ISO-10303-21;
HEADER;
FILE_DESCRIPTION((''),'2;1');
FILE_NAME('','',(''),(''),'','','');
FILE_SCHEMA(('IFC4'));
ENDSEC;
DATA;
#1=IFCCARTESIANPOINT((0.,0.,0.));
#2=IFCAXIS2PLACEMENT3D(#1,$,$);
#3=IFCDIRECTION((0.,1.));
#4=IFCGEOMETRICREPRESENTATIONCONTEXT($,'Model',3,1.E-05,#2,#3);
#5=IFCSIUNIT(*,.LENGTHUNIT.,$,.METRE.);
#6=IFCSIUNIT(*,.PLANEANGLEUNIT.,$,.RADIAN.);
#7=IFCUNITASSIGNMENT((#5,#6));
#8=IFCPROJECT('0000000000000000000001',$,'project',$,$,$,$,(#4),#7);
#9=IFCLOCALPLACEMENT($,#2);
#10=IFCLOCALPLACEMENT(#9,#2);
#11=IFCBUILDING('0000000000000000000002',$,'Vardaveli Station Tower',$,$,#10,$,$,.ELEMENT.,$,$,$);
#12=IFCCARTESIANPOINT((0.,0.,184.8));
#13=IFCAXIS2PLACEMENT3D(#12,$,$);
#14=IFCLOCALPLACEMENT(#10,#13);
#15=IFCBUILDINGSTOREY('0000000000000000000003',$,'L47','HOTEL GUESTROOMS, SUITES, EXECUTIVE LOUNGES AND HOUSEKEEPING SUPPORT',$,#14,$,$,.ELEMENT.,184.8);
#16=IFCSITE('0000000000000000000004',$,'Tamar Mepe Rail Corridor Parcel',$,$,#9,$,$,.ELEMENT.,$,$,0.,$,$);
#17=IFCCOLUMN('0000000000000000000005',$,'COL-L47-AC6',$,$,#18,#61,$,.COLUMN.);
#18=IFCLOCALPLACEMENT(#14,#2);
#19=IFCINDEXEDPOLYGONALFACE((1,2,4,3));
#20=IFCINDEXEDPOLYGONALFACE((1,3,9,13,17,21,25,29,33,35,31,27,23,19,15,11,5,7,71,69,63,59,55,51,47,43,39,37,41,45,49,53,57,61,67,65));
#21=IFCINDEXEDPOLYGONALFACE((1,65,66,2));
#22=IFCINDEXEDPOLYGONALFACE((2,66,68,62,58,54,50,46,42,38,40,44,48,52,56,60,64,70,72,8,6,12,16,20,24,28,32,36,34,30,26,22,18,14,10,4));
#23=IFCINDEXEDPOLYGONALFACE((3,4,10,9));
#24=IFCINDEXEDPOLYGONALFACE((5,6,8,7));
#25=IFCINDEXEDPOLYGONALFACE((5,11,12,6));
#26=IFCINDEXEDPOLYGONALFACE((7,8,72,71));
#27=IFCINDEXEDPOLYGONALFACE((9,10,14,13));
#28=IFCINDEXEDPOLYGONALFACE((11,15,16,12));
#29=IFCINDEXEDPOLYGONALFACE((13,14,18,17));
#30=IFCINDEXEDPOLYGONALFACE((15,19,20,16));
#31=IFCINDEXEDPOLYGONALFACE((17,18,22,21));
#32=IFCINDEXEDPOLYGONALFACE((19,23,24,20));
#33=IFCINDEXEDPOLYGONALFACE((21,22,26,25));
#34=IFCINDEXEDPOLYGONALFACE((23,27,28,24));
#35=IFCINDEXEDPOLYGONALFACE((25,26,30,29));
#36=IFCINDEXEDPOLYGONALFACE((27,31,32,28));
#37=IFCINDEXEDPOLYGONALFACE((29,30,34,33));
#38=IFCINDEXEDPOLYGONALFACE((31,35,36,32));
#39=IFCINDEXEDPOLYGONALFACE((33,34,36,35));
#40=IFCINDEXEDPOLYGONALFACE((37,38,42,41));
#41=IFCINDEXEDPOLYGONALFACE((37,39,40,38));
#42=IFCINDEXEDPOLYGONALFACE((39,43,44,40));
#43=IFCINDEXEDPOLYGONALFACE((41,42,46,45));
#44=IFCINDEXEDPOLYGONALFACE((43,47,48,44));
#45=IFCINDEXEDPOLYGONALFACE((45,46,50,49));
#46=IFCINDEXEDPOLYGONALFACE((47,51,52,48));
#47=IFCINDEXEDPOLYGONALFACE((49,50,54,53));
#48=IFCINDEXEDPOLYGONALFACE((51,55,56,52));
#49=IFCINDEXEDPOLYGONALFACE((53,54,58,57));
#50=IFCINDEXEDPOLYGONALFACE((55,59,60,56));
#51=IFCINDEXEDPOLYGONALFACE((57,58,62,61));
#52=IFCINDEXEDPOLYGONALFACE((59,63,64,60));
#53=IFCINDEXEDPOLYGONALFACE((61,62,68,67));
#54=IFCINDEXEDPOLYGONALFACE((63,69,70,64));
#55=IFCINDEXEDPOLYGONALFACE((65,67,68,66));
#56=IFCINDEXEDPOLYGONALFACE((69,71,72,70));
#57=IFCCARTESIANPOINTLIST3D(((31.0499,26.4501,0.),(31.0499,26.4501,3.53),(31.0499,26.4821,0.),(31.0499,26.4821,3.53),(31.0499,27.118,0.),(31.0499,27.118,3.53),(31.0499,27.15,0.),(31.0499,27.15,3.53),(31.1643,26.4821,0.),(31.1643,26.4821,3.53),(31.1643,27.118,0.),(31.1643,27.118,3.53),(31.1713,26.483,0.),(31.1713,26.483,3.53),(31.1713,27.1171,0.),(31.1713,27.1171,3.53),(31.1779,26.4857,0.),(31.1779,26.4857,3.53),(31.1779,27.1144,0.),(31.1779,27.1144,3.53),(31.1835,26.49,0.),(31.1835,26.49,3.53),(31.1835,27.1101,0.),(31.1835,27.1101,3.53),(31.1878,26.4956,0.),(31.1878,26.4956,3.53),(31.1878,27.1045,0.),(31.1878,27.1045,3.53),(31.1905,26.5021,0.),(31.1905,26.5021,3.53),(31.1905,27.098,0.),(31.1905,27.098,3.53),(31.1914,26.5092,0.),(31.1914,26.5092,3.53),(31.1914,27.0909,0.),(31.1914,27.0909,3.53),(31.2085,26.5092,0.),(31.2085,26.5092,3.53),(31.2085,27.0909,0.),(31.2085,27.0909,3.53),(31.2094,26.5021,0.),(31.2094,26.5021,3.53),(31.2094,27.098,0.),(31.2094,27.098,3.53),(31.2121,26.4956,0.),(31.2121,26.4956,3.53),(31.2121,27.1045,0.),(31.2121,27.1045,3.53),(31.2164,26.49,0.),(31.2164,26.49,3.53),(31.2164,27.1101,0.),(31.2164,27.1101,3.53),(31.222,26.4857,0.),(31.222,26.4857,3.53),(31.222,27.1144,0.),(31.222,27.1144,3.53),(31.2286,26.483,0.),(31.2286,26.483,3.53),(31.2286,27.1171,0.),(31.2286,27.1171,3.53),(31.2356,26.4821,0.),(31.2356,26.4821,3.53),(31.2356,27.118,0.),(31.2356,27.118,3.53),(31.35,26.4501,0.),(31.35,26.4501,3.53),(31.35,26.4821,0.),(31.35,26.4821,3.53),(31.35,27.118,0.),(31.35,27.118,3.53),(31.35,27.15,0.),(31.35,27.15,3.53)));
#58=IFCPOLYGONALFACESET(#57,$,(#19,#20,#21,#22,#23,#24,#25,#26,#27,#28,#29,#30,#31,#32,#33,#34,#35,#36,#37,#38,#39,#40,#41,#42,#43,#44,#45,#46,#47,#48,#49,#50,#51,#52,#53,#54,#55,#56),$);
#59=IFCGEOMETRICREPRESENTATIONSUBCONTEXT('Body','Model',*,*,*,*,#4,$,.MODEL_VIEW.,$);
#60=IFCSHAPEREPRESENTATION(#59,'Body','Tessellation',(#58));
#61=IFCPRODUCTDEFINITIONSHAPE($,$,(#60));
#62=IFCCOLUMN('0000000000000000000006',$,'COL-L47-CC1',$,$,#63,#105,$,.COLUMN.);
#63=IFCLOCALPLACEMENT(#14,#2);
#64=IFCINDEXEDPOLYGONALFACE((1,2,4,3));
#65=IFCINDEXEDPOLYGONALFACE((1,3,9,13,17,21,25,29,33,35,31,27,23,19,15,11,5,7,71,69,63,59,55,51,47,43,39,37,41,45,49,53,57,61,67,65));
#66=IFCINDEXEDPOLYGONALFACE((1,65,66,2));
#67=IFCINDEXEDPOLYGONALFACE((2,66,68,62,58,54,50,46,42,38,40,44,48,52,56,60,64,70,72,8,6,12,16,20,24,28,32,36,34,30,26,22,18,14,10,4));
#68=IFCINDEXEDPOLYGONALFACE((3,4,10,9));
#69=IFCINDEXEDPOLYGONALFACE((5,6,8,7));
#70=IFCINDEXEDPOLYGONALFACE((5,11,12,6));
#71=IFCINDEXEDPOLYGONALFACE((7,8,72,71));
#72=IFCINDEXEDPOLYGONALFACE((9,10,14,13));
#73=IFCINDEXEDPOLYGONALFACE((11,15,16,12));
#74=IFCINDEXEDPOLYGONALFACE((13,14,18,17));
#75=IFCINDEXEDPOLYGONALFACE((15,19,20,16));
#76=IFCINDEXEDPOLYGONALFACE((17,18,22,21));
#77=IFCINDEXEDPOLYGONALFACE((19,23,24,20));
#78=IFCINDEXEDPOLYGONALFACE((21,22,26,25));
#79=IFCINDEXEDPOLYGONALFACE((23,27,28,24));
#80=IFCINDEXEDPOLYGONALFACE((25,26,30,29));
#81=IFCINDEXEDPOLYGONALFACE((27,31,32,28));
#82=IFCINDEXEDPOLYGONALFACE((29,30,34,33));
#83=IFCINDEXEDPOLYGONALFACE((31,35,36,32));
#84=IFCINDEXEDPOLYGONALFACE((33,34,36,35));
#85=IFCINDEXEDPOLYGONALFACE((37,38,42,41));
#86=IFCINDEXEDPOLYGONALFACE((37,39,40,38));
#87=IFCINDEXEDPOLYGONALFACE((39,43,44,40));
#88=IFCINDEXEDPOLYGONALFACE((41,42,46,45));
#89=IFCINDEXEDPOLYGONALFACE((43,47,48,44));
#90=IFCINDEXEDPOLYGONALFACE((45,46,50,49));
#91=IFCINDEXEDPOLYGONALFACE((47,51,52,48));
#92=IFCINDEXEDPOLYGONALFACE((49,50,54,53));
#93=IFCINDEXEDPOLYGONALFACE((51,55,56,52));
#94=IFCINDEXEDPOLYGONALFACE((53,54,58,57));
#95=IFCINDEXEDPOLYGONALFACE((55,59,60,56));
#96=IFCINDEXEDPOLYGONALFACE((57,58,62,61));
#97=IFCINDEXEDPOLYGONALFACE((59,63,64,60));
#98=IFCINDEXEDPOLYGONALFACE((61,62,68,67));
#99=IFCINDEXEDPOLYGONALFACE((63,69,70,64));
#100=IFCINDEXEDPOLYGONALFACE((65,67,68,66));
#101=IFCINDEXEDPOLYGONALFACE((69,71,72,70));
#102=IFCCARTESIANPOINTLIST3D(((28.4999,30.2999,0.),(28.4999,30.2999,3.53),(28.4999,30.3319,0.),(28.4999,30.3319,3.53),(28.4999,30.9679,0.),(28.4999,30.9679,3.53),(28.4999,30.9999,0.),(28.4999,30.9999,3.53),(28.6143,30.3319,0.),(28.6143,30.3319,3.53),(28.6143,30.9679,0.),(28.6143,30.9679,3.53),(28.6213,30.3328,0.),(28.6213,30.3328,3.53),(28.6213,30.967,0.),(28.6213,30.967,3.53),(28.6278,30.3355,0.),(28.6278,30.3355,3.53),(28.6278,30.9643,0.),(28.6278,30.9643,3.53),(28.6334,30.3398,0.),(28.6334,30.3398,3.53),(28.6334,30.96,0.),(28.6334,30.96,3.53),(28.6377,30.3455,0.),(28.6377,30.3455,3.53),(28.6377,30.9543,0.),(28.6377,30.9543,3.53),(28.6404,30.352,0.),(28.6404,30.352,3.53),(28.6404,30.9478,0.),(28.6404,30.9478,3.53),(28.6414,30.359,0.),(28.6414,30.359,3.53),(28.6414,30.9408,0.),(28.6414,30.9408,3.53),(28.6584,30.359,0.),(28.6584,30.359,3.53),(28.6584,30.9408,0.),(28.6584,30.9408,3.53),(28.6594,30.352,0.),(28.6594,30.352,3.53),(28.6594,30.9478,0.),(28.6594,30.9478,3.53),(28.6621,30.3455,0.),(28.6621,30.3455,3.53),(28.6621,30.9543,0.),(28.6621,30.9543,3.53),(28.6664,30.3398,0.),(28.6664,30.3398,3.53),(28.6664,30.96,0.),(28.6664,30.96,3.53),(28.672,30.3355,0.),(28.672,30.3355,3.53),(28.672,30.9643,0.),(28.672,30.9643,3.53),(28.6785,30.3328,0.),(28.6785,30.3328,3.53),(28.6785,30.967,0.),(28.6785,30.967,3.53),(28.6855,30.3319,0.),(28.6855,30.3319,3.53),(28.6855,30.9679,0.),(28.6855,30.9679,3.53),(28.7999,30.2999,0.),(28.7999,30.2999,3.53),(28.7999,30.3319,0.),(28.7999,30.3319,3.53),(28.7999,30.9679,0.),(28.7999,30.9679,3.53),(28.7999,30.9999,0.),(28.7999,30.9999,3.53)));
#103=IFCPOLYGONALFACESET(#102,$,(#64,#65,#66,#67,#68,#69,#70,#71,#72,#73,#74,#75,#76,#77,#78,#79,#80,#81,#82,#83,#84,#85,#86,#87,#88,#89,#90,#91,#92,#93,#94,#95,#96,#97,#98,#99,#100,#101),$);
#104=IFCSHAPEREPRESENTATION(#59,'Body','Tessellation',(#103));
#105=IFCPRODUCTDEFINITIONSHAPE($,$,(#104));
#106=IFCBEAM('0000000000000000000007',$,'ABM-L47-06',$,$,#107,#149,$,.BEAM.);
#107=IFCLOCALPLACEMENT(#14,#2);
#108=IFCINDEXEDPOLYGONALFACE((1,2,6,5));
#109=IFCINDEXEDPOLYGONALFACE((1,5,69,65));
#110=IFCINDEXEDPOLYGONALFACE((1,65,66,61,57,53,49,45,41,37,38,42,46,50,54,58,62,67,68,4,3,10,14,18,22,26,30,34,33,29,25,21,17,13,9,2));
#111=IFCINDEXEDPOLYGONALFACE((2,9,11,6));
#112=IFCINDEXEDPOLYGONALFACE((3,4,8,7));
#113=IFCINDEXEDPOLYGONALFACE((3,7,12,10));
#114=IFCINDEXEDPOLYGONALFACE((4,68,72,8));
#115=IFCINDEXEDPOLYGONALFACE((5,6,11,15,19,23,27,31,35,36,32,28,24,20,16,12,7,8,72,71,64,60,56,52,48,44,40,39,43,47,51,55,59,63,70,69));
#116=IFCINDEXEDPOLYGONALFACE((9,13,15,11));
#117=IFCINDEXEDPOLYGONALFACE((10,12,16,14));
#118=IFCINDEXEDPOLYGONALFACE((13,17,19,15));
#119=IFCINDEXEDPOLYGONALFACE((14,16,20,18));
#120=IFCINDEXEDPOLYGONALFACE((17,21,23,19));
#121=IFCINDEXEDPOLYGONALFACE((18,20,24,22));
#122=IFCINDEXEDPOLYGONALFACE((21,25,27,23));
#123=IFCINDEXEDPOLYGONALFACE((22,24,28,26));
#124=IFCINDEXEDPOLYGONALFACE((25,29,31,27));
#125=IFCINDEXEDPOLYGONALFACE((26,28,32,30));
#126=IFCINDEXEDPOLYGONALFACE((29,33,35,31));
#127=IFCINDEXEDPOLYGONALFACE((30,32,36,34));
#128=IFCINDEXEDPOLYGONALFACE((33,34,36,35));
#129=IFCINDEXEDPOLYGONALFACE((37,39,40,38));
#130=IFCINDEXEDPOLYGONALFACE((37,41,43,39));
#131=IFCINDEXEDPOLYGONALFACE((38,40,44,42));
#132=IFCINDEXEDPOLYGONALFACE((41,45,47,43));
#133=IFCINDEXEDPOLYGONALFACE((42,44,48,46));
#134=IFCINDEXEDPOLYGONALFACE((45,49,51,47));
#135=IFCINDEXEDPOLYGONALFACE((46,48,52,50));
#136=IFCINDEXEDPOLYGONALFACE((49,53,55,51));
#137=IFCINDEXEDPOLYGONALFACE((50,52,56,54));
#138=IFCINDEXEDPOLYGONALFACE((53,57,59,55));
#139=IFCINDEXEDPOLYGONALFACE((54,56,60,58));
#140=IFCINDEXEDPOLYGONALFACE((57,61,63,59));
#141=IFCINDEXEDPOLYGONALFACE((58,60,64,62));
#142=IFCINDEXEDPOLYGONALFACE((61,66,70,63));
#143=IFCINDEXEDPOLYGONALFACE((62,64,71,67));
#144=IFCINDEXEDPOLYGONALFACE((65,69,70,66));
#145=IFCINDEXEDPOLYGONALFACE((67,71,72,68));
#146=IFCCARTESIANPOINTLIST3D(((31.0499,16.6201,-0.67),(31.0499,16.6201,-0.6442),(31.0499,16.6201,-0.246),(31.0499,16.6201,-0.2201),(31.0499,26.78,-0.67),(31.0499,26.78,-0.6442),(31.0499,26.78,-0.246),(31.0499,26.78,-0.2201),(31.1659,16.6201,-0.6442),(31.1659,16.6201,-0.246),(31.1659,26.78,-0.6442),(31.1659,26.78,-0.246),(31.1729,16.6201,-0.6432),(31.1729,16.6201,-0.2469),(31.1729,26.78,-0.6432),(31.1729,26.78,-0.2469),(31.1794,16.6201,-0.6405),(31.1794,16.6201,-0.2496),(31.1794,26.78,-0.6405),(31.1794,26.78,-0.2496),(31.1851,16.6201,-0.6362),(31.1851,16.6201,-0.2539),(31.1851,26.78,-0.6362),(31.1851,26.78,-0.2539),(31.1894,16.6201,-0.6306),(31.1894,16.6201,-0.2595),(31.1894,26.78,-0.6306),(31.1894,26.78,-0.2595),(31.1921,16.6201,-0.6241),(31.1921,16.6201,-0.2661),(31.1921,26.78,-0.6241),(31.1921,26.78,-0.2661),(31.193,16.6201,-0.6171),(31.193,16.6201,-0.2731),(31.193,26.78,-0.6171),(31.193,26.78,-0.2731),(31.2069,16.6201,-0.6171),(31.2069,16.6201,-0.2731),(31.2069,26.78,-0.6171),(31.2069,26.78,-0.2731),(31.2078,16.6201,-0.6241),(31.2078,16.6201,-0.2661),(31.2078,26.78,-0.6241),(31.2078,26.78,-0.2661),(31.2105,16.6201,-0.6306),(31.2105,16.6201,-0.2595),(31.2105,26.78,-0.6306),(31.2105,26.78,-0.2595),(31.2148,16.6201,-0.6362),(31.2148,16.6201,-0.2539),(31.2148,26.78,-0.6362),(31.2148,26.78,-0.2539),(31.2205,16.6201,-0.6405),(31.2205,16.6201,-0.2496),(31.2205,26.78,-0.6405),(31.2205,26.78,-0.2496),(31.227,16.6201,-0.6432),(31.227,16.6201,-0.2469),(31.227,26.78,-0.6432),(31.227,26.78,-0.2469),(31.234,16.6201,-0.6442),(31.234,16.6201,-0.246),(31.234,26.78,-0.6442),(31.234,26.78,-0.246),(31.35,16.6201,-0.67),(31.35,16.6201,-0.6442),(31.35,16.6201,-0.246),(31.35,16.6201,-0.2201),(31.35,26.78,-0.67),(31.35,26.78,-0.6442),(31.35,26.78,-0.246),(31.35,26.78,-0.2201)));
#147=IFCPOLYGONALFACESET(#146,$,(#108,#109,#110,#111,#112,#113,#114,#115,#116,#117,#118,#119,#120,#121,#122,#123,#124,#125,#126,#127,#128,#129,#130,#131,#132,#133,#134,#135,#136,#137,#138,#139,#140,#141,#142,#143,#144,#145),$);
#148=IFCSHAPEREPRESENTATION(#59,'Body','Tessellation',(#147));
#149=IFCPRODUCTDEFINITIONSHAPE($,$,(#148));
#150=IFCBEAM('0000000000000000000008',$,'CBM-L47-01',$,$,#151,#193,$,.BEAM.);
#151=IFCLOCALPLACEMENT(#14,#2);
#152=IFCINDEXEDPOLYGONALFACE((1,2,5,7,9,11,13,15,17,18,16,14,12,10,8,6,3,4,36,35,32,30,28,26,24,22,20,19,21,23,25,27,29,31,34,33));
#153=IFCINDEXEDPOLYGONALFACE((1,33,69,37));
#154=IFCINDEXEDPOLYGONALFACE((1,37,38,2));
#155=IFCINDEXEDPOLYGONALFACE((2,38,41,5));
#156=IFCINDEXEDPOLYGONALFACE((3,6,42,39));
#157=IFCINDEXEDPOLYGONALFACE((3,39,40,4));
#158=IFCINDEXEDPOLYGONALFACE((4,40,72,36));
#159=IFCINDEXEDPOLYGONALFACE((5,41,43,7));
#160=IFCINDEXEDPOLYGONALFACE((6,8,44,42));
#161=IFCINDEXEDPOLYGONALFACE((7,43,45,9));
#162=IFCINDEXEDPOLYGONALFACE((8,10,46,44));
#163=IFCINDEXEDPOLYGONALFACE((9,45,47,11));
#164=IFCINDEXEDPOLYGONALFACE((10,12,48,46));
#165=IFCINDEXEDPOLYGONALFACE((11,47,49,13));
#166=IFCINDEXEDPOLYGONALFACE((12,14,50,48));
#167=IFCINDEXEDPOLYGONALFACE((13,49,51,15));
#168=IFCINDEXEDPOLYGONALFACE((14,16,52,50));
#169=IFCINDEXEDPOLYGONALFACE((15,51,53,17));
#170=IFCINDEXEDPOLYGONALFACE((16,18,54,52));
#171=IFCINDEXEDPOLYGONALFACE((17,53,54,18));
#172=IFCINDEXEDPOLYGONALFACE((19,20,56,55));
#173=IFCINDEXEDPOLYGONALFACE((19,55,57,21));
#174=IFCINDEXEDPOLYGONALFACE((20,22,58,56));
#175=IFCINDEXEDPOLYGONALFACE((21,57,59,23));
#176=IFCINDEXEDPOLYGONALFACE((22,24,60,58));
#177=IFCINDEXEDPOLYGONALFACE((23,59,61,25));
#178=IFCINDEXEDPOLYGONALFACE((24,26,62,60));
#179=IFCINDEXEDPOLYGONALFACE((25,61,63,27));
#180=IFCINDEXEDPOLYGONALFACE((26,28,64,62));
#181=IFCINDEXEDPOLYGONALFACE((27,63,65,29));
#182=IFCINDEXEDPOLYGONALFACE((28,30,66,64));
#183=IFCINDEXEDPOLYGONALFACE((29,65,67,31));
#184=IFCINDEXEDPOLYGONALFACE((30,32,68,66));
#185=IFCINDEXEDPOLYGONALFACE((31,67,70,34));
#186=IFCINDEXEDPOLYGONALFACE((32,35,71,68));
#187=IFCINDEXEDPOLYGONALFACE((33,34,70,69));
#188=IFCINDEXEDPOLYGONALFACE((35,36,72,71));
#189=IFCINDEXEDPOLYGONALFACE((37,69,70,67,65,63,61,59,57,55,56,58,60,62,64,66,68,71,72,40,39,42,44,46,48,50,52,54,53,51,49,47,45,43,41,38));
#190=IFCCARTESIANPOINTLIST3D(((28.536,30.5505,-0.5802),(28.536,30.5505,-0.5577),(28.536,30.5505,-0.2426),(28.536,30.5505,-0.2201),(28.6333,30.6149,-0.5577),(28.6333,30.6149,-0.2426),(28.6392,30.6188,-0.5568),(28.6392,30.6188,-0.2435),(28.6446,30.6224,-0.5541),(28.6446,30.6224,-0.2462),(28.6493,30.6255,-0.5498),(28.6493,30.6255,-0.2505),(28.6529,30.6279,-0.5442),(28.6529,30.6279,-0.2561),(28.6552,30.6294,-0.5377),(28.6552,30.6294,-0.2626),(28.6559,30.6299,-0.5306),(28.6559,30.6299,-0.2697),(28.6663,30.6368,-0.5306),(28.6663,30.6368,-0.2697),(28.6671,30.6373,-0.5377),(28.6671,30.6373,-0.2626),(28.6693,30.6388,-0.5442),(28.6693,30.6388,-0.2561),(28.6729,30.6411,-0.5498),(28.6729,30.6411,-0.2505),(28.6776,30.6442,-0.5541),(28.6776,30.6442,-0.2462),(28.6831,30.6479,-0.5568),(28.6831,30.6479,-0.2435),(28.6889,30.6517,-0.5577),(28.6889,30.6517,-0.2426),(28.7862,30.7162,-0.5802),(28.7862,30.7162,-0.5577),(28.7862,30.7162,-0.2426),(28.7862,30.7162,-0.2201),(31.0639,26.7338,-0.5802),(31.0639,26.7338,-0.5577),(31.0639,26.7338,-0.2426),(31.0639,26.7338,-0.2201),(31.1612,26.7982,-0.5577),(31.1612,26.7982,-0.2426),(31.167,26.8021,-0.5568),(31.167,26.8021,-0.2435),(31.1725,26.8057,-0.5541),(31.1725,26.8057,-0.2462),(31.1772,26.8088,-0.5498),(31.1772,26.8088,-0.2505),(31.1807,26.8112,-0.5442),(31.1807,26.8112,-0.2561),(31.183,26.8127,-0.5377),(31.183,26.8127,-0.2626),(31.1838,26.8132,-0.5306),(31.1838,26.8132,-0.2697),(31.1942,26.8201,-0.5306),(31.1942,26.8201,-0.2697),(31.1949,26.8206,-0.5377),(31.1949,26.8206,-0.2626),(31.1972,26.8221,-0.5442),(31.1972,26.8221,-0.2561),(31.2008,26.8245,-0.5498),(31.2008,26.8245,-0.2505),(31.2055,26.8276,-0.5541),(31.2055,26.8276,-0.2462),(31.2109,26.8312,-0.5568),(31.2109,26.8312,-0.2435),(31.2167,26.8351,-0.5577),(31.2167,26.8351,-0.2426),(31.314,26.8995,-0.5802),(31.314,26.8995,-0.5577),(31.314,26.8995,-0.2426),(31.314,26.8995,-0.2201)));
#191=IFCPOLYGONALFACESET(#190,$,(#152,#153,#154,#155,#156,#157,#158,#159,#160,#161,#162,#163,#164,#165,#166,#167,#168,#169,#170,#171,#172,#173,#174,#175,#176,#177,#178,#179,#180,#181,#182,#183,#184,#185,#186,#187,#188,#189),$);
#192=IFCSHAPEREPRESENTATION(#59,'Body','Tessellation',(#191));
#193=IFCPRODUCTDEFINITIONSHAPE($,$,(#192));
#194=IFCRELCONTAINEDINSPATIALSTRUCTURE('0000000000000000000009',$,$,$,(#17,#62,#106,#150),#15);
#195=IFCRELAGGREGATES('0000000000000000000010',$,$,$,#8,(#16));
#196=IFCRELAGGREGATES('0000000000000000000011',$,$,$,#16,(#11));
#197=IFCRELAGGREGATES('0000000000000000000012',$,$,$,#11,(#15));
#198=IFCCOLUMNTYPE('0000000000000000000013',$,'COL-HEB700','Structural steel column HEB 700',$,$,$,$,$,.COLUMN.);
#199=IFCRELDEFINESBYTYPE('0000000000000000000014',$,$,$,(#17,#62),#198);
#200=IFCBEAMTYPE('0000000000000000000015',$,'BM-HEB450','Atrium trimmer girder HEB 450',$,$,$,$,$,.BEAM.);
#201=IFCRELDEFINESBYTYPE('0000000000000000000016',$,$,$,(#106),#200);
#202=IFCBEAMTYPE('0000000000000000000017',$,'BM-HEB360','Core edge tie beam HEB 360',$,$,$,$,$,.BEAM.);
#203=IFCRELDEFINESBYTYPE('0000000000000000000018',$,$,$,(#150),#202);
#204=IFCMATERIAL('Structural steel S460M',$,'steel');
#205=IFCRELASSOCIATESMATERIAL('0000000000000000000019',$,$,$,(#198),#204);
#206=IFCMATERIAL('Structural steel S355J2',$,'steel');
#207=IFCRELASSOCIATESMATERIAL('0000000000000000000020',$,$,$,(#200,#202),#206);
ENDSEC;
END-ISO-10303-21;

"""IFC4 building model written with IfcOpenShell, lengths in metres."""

from ifc_helpers import new_model, si_unit, direction, frame, origin, origin_2d, place, context, subcontext, project, spatial, i_section, extrude, source, transform, mapped, material, material_profile, profile_set, type_object, element, save


model = new_model("IFC4")

# Units and contexts
model_context = context("Model", 3, precision=1e-05, world=origin(), true_north=direction((0.0, 1.0)))
body_context = subcontext(model_context, "Body", "Model", "MODEL_VIEW")
ifc_project = project(units=[si_unit("LENGTHUNIT", "METRE"), si_unit("PLANEANGLEUNIT", "RADIAN")], contexts=[model_context])

# Site, building, storey
site_placement = place(None, origin())
site = spatial("IfcSite", under=ifc_project, at=site_placement, Name="Tamar Mepe Rail Corridor Parcel", CompositionType="ELEMENT", RefElevation=0.0)
building_placement = place(site_placement, origin())
building = spatial("IfcBuilding", under=site, at=building_placement, Name="Vardaveli Station Tower", CompositionType="ELEMENT")
storey_placement = place(building_placement, frame((0.0, 0.0, 184.8)))
storey = spatial("IfcBuildingStorey", under=building, at=storey_placement, Name="L47", Description="HOTEL GUESTROOMS, SUITES, EXECUTIVE LOUNGES AND HOUSEKEEPING SUPPORT", CompositionType="ELEMENT", Elevation=184.8)

# Columns
ifc_material_1 = material(Name="Structural steel S460M", Category="steel")
ifc_material_profile_1 = material_profile(ifc_material_1, i_section(OverallWidth=0.3, OverallDepth=0.7, WebThickness=0.0171, FlangeThickness=0.032, FilletRadius=0.0271, at=origin_2d()), Name="HEB 700")
ifc_profile_set_1 = profile_set([ifc_material_profile_1], Name="Structural steel S460M")
column_type = type_object("IfcColumnType", Name="COL-HEB700", Description="Structural steel column HEB 700", PredefinedType="COLUMN", material=ifc_profile_set_1)
shared_shape_1 = source(origin(), body_context, "Body", "SweptSolid", [
    extrude(i_section(OverallWidth=0.3, OverallDepth=0.7, WebThickness=0.0171, FlangeThickness=0.032, FilletRadius=0.0271, at=origin_2d()), origin(), (0.0, 0.0, 1.0), 3.53),
])
for number, where, z_axis, x_axis, name in (
    (1, (31.2, 26.8, 0.0), (0.0, 0.0, 1.0), (1.0, 0.0, 0.0), "COL-L47-AC6"),
    (2, (28.6499, 30.6499, 0.0), (0.0, 0.0, 1.0), (1.0, 0.0, 0.0), "COL-L47-CC1"),
):
    element("IfcColumn", number, at=place(storey_placement, frame(where, z_axis=z_axis, x_axis=x_axis)), inside=storey, type_object=column_type, Name=name, PredefinedType="COLUMN", context=body_context, shape_type="MappedRepresentation", body=[
        mapped(shared_shape_1, transform((0.0, 0.0, 0.0), scale=1.0)),
    ])

# Beams
ifc_material_2 = material(Name="Structural steel S355J2", Category="steel")
ifc_material_profile_2 = material_profile(ifc_material_2, i_section(OverallWidth=0.3, OverallDepth=0.45, WebThickness=0.0139, FlangeThickness=0.0259, FilletRadius=0.0271, at=origin_2d()), Name="HEB 450")
ifc_profile_set_2 = profile_set([ifc_material_profile_2], Name="Structural steel S355J2")
beam_type_1 = type_object("IfcBeamType", Name="BM-HEB450", Description="Atrium trimmer girder HEB 450", PredefinedType="BEAM", material=ifc_profile_set_2)
shared_shape_2 = source(origin(), body_context, "Body", "SweptSolid", [
    extrude(i_section(OverallWidth=0.3, OverallDepth=0.45, WebThickness=0.0139, FlangeThickness=0.0259, FilletRadius=0.0271, at=origin_2d()), origin(), (0.0, 0.0, 1.0), 10.1599),
])
beam_1_placement = place(storey_placement, frame((31.2, 26.78, -0.4451), z_axis=(0.0, -1.0, 0.0), x_axis=(1.0, 0.0, 0.0)))
element("IfcBeam", 3, at=beam_1_placement, inside=storey, type_object=beam_type_1, Name="ABM-L47-06", PredefinedType="BEAM", context=body_context, shape_type="MappedRepresentation", body=[
    mapped(shared_shape_2, transform((0.0, 0.0, 0.0), scale=1.0)),
])
ifc_material_profile_3 = material_profile(ifc_material_2, i_section(OverallWidth=0.3, OverallDepth=0.3601, WebThickness=0.0125, FlangeThickness=0.0225, FilletRadius=0.0271, at=origin_2d()), Name="HEB 360")
ifc_profile_set_3 = profile_set([ifc_material_profile_3], Name="Structural steel S355J2")
beam_type_2 = type_object("IfcBeamType", Name="BM-HEB360", Description="Core edge tie beam HEB 360", PredefinedType="BEAM", material=ifc_profile_set_3)
shared_shape_3 = source(origin(), body_context, "Body", "SweptSolid", [
    extrude(i_section(OverallWidth=0.3, OverallDepth=0.3601, WebThickness=0.0125, FlangeThickness=0.0225, FilletRadius=0.0271, at=origin_2d()), origin(), (0.0, 0.0, 1.0), 4.5779),
])
beam_2_placement = place(storey_placement, frame((31.189, 26.8167, -0.4001), z_axis=(-0.552187, 0.83372, 0.0), x_axis=(-0.83372, -0.552187, 0.0)))
element("IfcBeam", 4, at=beam_2_placement, inside=storey, type_object=beam_type_2, Name="CBM-L47-01", PredefinedType="BEAM", context=body_context, shape_type="MappedRepresentation", body=[
    mapped(shared_shape_3, transform((0.0, 0.0, 0.0), scale=1.0)),
])

save(model, "model.ifc")
